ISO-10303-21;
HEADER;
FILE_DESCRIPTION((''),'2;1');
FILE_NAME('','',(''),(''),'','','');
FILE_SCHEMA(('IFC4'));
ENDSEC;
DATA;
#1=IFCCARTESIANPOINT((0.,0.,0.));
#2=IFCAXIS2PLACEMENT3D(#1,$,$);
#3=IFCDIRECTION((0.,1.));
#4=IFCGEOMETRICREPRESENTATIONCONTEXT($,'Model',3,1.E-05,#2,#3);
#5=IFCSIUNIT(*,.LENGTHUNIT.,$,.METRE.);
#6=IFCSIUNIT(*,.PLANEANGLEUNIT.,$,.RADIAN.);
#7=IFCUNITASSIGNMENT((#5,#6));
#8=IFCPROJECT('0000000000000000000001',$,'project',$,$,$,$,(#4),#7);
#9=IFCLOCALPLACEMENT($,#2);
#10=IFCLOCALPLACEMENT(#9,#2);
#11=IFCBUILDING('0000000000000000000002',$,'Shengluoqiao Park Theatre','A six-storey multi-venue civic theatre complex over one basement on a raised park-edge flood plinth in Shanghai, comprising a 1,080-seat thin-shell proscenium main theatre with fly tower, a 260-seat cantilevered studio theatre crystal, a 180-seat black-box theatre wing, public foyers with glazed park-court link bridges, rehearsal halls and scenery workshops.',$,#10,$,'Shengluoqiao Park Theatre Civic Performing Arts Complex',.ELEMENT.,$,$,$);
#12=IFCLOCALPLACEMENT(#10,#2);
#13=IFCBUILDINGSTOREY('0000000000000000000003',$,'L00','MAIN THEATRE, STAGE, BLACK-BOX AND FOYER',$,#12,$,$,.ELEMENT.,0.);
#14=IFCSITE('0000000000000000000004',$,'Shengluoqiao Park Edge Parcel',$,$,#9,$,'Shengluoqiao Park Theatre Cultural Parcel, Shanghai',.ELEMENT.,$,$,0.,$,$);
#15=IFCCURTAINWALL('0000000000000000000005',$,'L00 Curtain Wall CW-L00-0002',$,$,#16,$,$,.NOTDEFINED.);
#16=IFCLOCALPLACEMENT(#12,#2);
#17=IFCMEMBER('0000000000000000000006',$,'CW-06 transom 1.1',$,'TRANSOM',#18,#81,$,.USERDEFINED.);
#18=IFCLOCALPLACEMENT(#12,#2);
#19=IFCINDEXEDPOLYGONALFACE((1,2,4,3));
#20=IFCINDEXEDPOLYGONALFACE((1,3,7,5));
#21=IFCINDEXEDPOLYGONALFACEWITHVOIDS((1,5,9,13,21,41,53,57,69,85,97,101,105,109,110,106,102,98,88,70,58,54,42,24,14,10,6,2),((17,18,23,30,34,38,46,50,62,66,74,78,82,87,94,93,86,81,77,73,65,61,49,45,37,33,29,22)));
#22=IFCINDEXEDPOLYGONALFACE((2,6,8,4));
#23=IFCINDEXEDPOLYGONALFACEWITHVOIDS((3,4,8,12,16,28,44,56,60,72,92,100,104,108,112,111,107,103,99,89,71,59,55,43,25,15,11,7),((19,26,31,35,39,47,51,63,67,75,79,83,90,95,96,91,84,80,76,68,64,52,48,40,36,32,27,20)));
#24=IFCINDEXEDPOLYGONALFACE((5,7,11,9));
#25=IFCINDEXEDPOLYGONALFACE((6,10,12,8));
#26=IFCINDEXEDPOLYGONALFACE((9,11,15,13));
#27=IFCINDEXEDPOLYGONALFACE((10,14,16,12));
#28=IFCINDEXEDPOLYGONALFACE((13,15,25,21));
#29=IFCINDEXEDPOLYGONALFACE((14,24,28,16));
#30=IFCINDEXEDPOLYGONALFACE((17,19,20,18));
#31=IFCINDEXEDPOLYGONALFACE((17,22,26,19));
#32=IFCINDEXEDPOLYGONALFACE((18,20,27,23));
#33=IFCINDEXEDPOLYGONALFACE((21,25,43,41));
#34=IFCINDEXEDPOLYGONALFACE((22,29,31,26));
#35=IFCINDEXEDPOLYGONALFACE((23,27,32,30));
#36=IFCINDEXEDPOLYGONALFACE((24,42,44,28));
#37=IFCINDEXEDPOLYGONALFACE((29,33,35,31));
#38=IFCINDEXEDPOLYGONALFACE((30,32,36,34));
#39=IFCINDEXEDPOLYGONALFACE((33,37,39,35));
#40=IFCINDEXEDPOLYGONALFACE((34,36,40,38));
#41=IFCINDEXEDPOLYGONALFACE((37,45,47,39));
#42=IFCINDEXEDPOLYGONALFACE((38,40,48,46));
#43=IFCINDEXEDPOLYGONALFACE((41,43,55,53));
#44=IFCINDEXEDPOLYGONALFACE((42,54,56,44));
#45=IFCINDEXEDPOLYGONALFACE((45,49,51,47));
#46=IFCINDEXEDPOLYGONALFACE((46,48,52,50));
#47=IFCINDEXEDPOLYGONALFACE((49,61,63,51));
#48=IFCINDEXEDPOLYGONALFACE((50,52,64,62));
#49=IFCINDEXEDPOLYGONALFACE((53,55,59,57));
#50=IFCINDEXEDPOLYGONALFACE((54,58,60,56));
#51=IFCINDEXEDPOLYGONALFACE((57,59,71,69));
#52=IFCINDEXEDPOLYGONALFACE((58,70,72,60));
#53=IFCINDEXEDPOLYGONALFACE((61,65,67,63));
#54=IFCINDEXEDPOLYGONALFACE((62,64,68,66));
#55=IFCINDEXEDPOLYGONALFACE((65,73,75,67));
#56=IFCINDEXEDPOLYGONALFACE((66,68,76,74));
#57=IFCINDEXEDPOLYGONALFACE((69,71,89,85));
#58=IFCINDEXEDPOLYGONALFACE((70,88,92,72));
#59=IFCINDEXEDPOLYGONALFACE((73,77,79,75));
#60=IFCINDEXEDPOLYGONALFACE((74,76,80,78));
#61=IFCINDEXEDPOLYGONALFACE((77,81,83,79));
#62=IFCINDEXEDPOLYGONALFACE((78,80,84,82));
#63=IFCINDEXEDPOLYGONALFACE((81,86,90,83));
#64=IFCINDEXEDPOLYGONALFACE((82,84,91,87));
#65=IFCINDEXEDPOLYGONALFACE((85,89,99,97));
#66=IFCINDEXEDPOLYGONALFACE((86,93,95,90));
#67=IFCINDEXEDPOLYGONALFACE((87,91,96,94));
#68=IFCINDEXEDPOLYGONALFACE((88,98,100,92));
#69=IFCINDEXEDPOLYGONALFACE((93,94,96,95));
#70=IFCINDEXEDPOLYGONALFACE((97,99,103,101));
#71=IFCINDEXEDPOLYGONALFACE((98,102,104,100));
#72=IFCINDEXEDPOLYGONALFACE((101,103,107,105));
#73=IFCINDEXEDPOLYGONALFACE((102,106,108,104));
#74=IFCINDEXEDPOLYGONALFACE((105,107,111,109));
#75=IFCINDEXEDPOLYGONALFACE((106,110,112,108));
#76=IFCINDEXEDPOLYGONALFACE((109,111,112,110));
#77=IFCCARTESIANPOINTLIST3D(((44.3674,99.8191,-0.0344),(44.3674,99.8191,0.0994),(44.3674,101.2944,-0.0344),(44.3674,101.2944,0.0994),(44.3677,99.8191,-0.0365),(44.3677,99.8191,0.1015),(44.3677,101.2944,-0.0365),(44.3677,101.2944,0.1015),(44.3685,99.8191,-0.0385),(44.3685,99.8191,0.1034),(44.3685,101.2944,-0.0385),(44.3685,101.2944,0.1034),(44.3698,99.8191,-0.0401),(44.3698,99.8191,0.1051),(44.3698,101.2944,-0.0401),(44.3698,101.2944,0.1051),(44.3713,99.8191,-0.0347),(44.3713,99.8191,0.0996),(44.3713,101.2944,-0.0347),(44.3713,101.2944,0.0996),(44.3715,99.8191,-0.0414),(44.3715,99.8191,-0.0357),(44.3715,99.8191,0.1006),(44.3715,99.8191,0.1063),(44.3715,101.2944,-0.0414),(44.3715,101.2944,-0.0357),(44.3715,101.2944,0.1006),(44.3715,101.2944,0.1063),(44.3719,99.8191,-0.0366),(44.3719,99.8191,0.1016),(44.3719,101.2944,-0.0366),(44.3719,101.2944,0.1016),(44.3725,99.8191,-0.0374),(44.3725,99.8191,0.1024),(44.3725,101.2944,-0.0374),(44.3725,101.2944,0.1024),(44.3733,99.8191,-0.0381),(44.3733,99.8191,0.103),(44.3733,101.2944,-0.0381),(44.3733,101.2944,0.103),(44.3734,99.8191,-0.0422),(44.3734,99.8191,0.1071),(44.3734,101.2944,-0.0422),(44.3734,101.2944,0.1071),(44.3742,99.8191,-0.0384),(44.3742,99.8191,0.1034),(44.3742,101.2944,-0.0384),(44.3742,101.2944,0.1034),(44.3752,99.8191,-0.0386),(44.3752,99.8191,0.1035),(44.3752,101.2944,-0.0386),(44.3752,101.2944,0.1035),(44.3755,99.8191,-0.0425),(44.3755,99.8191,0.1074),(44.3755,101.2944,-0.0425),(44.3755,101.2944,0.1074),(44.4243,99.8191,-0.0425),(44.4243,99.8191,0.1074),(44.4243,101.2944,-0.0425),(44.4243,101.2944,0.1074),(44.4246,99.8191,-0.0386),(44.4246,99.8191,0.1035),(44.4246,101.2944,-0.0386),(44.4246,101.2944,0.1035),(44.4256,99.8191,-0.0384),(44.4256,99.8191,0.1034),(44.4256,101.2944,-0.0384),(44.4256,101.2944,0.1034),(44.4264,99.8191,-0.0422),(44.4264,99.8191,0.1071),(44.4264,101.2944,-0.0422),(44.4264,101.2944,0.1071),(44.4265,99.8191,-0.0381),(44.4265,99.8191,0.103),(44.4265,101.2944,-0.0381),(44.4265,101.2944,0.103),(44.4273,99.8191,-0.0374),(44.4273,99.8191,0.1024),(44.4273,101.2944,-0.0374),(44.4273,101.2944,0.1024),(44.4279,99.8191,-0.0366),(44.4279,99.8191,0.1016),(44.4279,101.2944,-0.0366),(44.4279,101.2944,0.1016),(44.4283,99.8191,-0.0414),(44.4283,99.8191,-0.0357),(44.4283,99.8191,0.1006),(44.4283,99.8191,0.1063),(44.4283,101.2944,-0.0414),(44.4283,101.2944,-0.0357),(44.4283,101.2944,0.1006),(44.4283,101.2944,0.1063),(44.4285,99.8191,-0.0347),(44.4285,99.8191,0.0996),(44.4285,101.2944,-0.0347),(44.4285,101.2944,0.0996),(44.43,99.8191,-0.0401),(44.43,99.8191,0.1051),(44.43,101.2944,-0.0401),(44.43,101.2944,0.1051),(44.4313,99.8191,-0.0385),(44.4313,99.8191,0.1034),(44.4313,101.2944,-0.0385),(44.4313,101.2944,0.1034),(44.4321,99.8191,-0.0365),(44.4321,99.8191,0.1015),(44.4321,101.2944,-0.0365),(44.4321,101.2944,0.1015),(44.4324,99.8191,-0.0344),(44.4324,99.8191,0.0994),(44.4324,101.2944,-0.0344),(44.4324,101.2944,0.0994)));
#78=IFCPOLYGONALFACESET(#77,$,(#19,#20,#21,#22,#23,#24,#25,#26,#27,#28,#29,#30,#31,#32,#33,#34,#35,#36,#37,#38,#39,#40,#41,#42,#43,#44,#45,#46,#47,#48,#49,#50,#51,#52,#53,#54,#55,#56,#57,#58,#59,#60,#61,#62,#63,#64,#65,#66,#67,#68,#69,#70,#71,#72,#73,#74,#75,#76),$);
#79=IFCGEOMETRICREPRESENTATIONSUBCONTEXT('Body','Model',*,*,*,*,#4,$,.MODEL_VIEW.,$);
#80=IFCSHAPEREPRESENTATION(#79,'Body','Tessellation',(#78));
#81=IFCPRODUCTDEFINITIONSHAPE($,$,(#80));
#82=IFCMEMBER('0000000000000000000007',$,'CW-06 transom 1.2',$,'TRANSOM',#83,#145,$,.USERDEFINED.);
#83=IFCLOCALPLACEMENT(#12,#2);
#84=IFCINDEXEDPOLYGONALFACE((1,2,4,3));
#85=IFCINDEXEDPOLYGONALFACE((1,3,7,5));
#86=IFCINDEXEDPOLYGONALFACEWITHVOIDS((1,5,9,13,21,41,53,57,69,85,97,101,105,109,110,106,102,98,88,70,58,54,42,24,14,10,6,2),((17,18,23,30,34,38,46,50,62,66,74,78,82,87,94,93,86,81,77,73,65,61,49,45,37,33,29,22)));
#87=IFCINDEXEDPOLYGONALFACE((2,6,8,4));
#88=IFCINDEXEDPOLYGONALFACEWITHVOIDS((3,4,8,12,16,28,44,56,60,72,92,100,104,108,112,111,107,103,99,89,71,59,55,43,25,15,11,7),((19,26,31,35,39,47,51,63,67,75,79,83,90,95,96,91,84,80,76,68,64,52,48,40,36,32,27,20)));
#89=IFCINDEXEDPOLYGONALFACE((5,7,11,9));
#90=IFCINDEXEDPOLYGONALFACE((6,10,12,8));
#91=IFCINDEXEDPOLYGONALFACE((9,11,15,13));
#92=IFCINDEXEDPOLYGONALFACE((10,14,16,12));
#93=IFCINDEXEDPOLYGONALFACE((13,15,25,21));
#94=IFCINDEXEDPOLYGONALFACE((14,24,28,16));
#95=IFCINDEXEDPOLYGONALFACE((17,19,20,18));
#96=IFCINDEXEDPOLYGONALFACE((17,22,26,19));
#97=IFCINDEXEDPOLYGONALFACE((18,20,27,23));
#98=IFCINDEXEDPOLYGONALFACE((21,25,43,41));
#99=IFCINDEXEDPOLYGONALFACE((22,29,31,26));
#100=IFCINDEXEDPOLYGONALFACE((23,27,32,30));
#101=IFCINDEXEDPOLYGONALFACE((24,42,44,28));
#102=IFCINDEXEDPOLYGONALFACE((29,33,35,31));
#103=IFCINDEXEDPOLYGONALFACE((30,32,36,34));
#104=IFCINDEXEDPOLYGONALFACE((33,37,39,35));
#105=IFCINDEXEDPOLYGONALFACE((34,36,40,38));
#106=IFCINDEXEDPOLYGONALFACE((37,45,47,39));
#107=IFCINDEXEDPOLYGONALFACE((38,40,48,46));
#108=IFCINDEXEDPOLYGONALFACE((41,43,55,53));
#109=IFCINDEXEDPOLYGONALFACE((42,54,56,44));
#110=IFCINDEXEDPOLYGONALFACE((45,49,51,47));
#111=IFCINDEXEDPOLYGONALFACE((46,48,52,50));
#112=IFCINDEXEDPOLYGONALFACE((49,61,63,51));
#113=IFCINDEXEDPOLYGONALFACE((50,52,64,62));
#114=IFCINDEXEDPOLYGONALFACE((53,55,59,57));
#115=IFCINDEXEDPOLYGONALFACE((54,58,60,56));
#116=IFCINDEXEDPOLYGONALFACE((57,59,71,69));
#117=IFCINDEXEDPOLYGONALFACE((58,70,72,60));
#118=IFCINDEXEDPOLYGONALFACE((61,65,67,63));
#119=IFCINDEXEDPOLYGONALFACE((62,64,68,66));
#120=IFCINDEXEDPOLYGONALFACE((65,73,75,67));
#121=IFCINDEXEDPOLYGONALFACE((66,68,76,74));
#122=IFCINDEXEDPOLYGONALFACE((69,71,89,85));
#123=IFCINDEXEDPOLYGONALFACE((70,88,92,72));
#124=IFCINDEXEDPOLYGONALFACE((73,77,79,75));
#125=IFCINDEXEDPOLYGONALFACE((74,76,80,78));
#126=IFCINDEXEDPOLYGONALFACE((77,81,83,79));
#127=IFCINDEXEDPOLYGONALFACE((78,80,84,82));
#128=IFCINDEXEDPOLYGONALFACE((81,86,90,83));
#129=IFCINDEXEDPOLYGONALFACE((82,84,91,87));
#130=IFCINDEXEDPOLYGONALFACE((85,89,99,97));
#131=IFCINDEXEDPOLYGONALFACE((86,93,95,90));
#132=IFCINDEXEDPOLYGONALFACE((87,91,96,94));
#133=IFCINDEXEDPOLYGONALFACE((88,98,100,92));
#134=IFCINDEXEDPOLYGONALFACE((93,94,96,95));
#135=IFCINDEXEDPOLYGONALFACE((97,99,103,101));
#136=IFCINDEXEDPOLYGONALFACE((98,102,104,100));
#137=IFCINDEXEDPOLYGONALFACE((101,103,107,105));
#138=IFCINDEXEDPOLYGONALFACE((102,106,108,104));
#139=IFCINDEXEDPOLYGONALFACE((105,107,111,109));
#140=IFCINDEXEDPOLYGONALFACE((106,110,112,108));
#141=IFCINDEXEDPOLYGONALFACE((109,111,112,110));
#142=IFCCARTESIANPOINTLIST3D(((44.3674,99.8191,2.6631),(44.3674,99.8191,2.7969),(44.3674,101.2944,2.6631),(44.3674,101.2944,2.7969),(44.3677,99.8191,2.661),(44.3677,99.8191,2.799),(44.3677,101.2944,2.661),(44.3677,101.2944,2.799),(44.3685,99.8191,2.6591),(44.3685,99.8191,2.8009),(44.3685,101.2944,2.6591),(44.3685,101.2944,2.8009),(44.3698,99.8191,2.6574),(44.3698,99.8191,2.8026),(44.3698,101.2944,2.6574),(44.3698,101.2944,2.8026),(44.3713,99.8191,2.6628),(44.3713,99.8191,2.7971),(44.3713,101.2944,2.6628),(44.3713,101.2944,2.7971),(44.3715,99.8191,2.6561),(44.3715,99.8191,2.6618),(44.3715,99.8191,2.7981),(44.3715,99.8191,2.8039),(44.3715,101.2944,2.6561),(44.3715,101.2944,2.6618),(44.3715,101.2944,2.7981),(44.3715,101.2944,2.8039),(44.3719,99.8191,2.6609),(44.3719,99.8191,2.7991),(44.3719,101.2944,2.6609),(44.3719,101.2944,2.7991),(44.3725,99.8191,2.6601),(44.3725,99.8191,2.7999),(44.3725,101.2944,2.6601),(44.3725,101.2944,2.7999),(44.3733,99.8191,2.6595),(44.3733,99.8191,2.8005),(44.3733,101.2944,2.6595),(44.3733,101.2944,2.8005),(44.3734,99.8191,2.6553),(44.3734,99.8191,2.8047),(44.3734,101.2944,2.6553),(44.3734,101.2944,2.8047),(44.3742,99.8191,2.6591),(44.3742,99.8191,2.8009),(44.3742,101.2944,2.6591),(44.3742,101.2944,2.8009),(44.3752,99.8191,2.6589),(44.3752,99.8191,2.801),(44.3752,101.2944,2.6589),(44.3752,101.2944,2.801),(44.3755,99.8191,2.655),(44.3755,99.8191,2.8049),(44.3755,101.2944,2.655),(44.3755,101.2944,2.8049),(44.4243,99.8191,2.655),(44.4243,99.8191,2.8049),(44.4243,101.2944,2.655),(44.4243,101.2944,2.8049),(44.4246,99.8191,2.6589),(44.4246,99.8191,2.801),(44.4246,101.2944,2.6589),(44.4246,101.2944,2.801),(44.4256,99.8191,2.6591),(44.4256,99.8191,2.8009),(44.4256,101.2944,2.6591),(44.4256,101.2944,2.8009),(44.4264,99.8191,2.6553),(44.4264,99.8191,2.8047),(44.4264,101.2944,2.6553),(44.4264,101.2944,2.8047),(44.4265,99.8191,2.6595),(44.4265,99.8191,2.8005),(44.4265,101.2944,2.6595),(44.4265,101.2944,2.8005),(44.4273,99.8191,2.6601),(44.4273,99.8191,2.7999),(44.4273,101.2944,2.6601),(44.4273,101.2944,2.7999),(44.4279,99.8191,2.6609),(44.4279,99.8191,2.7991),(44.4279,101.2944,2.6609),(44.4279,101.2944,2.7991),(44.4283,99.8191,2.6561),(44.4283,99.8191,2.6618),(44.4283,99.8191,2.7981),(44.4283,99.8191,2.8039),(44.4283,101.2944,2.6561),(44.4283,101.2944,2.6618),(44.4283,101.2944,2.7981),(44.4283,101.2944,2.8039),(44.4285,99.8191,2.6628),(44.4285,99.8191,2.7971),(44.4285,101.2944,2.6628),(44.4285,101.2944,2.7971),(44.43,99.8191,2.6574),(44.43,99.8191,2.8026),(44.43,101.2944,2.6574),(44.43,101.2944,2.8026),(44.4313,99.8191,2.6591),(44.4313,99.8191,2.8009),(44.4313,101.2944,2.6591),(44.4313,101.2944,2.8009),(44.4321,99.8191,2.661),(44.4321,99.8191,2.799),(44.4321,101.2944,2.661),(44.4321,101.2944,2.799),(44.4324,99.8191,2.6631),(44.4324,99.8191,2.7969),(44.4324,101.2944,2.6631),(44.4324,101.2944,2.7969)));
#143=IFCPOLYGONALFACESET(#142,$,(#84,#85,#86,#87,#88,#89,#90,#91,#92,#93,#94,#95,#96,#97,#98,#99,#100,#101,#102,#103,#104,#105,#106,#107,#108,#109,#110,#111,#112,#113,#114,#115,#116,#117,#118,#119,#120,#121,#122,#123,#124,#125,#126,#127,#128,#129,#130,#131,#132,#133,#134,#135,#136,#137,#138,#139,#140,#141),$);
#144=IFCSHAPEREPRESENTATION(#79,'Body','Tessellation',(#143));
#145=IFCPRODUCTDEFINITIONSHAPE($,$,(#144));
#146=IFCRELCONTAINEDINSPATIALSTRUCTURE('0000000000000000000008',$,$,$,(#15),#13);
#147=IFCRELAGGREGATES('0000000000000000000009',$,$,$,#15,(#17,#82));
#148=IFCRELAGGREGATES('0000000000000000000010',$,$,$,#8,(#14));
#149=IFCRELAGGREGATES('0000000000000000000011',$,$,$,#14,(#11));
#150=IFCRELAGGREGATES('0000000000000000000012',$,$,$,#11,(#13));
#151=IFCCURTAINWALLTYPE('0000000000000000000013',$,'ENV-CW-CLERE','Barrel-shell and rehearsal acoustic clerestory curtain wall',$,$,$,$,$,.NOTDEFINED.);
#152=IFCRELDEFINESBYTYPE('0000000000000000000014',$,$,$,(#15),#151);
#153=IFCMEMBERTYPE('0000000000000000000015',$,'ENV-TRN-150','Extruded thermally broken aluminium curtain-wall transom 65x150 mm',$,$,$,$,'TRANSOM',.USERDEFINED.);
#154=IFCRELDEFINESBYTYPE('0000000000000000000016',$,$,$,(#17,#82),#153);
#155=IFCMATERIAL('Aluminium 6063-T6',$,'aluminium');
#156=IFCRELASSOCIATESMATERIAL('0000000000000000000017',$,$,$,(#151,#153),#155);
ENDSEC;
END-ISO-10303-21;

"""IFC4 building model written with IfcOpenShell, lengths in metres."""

from ifc_helpers import new_model, si_unit, direction, frame, origin, origin_2d, place, context, subcontext, project, spatial, hollow_rectangle, extrude, material, material_profile, profile_set, type_object, element, aggregate, save


model = new_model("IFC4")

# Units and contexts
model_context = context("Model", 3, precision=1e-05, world=origin(), true_north=direction((0.0, 1.0)))
body_context = subcontext(model_context, "Body", "Model", "MODEL_VIEW")
ifc_project = project(units=[si_unit("LENGTHUNIT", "METRE"), si_unit("PLANEANGLEUNIT", "RADIAN")], contexts=[model_context])

# Site, building, storey
site_placement = place(None, origin())
site = spatial("IfcSite", under=ifc_project, at=site_placement, Name="Shengluoqiao Park Edge Parcel", LongName="Shengluoqiao Park Theatre Cultural Parcel, Shanghai", CompositionType="ELEMENT", RefElevation=0.0)
building_placement = place(site_placement, origin())
building = spatial("IfcBuilding", under=site, at=building_placement, Name="Shengluoqiao Park Theatre", Description="A six-storey multi-venue civic theatre complex over one basement on a raised park-edge flood plinth in Shanghai, comprising a 1,080-seat thin-shell proscenium main theatre with fly tower, a 260-seat cantilevered studio theatre crystal, a 180-seat black-box theatre wing, public foyers with glazed park-court link bridges, rehearsal halls and scenery workshops.", LongName="Shengluoqiao Park Theatre Civic Performing Arts Complex", CompositionType="ELEMENT")
storey_placement = place(building_placement, origin())
storey = spatial("IfcBuildingStorey", under=building, at=storey_placement, Name="L00", Description="MAIN THEATRE, STAGE, BLACK-BOX AND FOYER", CompositionType="ELEMENT", Elevation=0.0)

# Curtain wall, members
ifc_material_1 = material(Name="Aluminium 6063-T6", Category="aluminium")
curtain_wall_type = type_object("IfcCurtainWallType", Name="ENV-CW-CLERE", Description="Barrel-shell and rehearsal acoustic clerestory curtain wall", PredefinedType="NOTDEFINED", material=ifc_material_1)
curtain_wall_placement = place(storey_placement, origin())
curtain_wall = element("IfcCurtainWall", 1, at=curtain_wall_placement, inside=storey, type_object=curtain_wall_type, Name="L00 Curtain Wall CW-L00-0002", PredefinedType="NOTDEFINED")
ifc_material_profile_1 = material_profile(ifc_material_1, hollow_rectangle(XDim=0.0649, YDim=0.1499, WallThickness=0.0039, InnerFilletRadius=0.0039, OuterFilletRadius=0.0081, at=origin_2d()), Name="ALU TRANSOM 150x65x4")
ifc_profile_set_1 = profile_set([ifc_material_profile_1], Name="Aluminium 6063-T6")
member_type_1 = type_object("IfcMemberType", Name="ENV-TRN-150", Description="Extruded thermally broken aluminium curtain-wall transom 65x150 mm", ElementType="TRANSOM", PredefinedType="USERDEFINED", material=ifc_profile_set_1)
member_1_placement = place(storey_placement, frame((44.3999, 99.8191, 0.0325), z_axis=(0.0, 1.0, 0.0), x_axis=(-1.0, 0.0, 0.0)))
member_1 = element("IfcMember", 2, at=member_1_placement, type_object=member_type_1, Name="CW-06 transom 1.1", ObjectType="TRANSOM", PredefinedType="USERDEFINED", context=body_context, shape_type="SweptSolid", body=[
    extrude(hollow_rectangle(XDim=0.0649, YDim=0.1499, WallThickness=0.0039, InnerFilletRadius=0.0039, OuterFilletRadius=0.0081, at=origin_2d()), origin(), (0.0, 0.0, 1.0), 1.4753),
])
member_2_placement = place(storey_placement, frame((44.3999, 99.8191, 2.73), z_axis=(0.0, 1.0, 0.0), x_axis=(-1.0, 0.0, 0.0)))
member_2 = element("IfcMember", 3, at=member_2_placement, type_object=member_type_1, Name="CW-06 transom 1.2", ObjectType="TRANSOM", PredefinedType="USERDEFINED", context=body_context, shape_type="SweptSolid", body=[
    extrude(hollow_rectangle(XDim=0.0649, YDim=0.1499, WallThickness=0.0039, InnerFilletRadius=0.0039, OuterFilletRadius=0.0081, at=origin_2d()), origin(), (0.0, 0.0, 1.0), 1.4753),
])
aggregate(curtain_wall, [member_1, member_2])

save(model, "model.ifc")
